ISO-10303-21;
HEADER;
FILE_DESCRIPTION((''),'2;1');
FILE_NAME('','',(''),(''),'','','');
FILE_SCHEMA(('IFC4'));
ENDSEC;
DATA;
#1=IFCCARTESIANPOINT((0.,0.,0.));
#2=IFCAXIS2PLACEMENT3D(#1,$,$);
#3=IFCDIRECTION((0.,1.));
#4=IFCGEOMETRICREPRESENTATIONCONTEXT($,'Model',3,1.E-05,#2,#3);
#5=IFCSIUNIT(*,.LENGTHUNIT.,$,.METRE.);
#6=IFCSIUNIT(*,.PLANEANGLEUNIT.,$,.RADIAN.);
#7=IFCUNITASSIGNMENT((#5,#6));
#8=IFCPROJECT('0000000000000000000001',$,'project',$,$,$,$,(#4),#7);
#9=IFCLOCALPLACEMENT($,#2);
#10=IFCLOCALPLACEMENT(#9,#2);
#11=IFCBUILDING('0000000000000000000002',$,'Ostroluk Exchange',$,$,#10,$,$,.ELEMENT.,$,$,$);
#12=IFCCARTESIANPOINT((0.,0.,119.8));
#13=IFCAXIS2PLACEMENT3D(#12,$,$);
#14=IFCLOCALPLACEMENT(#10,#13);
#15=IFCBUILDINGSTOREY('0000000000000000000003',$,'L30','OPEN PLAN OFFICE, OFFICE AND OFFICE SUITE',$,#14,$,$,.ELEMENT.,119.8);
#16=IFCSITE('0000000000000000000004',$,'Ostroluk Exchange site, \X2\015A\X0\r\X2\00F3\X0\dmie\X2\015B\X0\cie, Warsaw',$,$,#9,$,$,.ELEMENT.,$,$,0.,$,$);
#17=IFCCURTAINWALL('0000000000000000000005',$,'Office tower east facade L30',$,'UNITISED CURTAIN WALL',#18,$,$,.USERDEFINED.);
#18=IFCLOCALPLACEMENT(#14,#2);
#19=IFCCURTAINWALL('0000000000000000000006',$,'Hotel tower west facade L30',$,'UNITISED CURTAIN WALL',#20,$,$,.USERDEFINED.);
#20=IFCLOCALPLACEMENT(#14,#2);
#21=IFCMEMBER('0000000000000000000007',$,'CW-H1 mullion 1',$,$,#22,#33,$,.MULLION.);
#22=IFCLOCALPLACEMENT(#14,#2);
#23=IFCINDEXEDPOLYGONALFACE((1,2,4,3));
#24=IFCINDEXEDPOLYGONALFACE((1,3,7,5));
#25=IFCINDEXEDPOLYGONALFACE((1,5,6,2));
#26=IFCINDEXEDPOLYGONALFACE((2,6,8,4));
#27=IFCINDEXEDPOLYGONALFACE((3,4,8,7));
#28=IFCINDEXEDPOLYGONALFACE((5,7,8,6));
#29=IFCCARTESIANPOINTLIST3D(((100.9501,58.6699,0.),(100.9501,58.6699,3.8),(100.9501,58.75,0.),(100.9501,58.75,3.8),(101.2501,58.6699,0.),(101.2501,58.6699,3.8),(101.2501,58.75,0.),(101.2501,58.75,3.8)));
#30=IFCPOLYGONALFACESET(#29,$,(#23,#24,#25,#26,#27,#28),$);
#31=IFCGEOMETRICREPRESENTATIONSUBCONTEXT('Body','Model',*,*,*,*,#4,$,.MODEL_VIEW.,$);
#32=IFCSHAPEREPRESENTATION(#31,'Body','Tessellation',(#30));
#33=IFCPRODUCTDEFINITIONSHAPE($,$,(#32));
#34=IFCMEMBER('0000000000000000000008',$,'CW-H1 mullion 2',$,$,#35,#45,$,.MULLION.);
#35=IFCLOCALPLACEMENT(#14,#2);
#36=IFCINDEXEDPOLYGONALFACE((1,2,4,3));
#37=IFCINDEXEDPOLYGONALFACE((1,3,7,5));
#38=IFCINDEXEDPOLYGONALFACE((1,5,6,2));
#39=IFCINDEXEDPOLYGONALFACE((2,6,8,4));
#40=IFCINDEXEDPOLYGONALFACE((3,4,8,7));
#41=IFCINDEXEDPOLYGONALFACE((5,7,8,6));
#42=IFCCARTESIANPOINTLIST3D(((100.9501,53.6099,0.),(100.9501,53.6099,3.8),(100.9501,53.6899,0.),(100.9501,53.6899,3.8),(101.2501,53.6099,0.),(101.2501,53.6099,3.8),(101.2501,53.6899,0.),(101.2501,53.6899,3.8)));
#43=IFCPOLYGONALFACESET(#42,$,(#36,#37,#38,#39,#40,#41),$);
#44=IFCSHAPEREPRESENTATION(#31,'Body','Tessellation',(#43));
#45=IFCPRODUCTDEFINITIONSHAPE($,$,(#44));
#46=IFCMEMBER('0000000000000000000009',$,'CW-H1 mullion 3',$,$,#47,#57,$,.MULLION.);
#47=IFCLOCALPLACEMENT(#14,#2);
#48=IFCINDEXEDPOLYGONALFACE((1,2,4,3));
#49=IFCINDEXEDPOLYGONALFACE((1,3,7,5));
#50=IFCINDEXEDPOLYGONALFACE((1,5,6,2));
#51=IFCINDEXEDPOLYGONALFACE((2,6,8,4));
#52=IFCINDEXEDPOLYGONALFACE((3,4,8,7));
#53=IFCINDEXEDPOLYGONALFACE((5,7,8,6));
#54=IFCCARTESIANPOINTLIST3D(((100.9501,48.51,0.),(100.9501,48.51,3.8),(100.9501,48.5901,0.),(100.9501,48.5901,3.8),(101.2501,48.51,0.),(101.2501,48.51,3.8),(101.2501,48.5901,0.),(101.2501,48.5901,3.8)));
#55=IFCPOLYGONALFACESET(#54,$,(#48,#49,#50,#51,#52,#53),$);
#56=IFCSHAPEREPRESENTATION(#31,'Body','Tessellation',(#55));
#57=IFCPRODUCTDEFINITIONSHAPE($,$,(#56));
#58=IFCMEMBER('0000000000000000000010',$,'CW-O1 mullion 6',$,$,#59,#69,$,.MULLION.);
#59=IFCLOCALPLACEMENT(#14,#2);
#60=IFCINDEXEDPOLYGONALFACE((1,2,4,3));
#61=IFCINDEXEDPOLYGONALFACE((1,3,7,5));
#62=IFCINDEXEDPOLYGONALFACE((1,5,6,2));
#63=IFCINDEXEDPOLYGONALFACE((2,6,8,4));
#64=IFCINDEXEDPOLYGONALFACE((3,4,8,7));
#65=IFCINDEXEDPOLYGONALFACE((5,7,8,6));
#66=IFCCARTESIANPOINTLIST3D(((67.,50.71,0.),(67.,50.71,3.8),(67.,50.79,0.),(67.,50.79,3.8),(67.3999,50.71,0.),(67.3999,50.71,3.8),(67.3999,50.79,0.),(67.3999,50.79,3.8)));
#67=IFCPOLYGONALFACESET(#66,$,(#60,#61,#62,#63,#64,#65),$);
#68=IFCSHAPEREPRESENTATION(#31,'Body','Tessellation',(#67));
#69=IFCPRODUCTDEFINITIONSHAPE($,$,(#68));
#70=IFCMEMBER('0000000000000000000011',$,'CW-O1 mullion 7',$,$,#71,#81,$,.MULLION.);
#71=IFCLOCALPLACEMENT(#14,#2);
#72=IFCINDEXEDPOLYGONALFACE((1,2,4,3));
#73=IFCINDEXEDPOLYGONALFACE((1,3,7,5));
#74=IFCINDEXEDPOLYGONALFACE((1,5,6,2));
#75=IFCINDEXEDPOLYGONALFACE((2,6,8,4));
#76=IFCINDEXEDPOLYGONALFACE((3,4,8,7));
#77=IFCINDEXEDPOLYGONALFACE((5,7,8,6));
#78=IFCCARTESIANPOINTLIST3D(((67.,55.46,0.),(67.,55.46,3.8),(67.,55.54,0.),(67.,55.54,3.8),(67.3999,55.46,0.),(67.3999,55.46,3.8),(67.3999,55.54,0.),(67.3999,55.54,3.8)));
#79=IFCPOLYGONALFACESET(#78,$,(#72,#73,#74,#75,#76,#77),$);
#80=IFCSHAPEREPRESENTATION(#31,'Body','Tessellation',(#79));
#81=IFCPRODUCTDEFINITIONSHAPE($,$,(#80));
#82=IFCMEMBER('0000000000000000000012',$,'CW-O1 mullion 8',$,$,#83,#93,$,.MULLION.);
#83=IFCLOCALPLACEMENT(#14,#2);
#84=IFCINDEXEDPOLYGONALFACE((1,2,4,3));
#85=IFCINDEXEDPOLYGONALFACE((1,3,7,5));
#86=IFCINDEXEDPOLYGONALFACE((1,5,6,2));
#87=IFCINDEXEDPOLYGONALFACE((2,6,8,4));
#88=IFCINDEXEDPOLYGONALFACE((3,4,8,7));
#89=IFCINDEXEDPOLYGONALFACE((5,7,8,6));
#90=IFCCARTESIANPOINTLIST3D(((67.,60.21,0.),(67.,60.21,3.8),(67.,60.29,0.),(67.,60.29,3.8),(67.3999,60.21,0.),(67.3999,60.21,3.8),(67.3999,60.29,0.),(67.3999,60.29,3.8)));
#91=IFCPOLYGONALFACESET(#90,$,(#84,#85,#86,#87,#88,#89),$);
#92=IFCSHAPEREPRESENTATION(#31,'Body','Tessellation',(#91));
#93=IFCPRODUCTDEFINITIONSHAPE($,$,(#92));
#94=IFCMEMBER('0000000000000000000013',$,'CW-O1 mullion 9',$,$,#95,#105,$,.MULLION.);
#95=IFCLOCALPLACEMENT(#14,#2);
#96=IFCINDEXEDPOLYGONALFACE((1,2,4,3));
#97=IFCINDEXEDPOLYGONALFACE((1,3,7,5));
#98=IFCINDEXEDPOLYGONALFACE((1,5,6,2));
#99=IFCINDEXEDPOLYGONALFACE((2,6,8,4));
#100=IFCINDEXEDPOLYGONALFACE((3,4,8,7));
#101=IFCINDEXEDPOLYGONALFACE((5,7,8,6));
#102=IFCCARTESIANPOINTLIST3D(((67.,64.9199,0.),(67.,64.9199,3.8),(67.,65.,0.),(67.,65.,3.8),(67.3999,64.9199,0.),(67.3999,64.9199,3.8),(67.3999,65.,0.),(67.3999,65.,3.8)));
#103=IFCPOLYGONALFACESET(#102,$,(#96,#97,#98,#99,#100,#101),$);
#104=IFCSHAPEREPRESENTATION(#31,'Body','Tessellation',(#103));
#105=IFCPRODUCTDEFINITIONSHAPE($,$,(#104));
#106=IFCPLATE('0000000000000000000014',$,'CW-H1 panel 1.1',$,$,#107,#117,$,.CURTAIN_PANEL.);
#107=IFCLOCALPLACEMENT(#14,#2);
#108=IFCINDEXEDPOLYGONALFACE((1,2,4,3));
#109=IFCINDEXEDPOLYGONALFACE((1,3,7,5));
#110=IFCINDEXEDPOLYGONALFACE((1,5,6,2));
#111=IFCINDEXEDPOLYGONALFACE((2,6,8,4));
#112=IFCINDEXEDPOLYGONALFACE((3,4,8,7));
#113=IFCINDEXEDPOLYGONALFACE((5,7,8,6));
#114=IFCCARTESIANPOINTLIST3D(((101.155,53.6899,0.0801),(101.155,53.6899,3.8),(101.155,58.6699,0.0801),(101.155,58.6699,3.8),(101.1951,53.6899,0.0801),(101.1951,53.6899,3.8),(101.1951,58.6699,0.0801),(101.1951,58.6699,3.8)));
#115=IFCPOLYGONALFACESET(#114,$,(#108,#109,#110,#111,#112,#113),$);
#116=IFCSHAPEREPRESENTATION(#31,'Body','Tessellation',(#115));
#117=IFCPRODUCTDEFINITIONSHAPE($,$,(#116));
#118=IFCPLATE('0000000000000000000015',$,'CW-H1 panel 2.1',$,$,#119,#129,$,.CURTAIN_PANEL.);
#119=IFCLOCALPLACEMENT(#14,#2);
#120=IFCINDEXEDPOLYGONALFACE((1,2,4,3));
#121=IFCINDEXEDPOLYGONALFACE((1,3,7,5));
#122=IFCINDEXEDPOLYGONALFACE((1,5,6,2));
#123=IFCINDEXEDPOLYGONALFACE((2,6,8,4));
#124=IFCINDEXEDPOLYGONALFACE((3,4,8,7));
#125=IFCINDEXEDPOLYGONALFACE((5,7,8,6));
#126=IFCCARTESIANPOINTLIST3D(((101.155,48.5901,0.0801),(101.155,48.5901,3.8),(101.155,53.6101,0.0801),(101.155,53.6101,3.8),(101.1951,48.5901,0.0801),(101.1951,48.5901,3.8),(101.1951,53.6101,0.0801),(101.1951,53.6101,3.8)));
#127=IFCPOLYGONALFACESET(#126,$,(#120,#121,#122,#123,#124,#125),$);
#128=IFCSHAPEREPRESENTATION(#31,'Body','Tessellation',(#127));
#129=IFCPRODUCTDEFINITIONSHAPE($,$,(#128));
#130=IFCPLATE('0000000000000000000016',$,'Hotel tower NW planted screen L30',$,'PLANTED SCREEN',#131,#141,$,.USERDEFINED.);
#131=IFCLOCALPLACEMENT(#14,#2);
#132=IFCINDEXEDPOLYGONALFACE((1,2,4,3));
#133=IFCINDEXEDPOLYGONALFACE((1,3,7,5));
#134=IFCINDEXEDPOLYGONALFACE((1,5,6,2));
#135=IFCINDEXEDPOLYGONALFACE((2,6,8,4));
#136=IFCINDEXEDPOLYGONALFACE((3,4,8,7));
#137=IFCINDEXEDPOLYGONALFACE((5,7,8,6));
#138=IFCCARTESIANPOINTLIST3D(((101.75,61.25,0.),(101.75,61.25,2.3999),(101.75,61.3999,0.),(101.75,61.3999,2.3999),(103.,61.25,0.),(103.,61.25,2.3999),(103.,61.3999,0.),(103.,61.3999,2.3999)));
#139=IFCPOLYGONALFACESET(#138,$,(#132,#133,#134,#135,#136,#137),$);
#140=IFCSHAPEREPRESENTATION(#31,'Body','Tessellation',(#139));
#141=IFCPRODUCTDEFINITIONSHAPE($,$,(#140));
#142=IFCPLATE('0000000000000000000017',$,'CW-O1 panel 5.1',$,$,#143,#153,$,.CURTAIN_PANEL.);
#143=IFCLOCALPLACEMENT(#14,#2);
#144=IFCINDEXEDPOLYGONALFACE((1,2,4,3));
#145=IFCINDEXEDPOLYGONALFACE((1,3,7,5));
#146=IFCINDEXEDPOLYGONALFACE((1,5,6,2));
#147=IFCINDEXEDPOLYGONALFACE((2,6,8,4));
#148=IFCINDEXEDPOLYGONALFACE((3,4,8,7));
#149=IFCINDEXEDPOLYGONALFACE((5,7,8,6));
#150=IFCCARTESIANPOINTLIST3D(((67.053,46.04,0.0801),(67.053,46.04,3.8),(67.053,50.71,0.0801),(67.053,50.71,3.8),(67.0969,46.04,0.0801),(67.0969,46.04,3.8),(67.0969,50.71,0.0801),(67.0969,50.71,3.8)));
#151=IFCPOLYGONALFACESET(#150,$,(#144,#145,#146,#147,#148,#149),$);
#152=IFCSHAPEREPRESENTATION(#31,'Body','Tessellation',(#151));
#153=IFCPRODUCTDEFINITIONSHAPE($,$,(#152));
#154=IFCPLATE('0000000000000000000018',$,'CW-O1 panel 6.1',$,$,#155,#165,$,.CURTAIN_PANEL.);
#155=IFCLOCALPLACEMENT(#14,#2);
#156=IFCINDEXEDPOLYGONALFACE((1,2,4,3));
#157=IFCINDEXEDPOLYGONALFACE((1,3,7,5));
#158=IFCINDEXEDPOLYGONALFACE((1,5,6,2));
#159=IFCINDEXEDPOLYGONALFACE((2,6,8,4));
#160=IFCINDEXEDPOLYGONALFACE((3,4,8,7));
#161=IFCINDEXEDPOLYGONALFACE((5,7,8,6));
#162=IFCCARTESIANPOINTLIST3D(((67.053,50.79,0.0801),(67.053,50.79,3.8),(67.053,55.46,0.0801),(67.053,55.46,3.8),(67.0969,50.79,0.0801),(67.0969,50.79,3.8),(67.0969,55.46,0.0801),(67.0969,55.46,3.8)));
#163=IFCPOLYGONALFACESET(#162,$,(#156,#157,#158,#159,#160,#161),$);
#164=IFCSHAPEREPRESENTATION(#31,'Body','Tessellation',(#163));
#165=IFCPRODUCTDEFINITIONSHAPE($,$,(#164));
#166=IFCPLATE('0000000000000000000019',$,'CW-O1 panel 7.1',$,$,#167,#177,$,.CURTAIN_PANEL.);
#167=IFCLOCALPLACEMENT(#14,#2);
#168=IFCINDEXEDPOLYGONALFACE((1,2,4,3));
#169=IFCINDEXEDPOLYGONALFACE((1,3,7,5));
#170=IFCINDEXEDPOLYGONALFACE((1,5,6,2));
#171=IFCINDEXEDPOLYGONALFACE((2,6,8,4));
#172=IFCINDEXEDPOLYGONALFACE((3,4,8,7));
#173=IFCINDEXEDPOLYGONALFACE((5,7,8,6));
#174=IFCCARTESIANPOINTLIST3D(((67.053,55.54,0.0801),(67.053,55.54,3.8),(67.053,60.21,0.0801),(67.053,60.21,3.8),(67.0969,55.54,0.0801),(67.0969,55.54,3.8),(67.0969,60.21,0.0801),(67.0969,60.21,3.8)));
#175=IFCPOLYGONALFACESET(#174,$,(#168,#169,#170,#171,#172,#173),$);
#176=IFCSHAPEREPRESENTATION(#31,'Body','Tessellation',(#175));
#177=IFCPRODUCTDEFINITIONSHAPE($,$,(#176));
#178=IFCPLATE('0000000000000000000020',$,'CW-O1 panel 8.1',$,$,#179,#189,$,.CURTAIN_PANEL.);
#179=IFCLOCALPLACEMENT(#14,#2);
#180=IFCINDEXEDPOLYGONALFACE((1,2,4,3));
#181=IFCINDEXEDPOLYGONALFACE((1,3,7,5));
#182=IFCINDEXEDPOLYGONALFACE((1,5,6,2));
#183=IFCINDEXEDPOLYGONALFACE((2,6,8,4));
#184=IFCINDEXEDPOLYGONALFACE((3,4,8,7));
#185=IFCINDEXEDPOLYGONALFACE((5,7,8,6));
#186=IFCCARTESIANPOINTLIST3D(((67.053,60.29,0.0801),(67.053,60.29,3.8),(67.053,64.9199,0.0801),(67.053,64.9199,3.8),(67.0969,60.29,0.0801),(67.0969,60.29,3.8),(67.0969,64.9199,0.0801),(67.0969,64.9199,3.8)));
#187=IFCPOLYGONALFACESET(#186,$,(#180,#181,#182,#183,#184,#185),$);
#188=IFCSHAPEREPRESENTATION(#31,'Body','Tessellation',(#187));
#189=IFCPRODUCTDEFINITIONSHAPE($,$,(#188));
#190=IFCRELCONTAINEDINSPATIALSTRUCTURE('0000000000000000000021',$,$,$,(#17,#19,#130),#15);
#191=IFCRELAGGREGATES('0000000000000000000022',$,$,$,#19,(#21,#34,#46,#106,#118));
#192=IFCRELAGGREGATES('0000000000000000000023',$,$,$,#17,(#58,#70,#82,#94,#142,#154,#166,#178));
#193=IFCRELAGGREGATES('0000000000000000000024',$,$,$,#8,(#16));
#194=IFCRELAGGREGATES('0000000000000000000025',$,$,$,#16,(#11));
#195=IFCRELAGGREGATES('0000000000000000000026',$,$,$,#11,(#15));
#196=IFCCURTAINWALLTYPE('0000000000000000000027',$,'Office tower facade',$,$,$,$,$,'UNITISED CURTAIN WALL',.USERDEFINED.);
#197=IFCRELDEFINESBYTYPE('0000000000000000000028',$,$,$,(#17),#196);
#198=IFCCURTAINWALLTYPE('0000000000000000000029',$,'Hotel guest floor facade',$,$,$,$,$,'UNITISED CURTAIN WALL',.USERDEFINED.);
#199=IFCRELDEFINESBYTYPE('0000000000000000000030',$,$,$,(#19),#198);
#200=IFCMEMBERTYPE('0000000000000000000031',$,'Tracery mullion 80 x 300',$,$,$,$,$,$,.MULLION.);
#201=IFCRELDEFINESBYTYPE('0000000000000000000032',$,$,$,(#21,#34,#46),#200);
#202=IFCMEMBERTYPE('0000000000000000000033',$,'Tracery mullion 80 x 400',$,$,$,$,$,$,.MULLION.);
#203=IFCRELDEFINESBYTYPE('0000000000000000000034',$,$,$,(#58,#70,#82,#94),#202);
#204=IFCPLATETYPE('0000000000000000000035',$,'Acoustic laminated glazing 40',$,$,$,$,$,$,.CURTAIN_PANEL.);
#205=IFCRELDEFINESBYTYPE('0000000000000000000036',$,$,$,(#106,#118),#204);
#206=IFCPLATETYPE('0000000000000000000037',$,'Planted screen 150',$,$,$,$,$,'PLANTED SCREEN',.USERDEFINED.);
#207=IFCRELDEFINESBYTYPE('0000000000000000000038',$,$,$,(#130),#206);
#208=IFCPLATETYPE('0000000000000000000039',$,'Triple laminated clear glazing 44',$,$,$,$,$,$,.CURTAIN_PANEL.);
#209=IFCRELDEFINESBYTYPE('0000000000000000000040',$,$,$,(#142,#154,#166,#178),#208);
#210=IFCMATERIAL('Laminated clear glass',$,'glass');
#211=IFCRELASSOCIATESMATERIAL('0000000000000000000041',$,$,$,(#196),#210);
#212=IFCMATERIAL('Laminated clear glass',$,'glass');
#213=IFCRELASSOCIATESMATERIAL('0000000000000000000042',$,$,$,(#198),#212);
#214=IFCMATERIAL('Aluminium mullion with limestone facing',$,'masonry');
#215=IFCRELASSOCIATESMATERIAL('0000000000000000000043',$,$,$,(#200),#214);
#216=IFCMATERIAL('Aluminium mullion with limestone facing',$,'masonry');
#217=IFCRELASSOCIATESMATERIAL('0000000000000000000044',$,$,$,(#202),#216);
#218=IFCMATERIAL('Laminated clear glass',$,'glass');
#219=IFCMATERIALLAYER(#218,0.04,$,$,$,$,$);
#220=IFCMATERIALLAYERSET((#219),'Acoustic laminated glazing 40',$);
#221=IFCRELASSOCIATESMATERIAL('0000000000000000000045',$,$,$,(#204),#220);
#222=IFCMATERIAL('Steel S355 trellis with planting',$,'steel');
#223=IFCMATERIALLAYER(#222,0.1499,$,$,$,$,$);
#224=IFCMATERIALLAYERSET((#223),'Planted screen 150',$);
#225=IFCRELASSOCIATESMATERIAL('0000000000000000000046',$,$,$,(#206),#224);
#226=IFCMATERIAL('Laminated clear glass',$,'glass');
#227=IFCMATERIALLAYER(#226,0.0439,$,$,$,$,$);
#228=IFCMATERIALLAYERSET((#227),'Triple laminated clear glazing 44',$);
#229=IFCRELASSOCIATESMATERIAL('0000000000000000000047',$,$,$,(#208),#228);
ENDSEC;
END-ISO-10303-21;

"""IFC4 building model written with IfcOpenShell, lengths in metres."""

from ifc_helpers import new_model, si_unit, direction, frame, origin, origin_2d, place, context, subcontext, project, spatial, rectangle, extrude, material, layer, layer_set, material_profile, profile_set, type_object, element, aggregate, save


model = new_model("IFC4")

# Units and contexts
model_context = context("Model", 3, precision=1e-05, world=origin(), true_north=direction((0.0, 1.0)))
body_context = subcontext(model_context, "Body", "Model", "MODEL_VIEW")
ifc_project = project(units=[si_unit("LENGTHUNIT", "METRE"), si_unit("PLANEANGLEUNIT", "RADIAN")], contexts=[model_context])

# Site, building, storey
site_placement = place(None, origin())
site = spatial("IfcSite", under=ifc_project, at=site_placement, Name="Ostroluk Exchange site, Śródmieście, Warsaw", CompositionType="ELEMENT", RefElevation=0.0)
building_placement = place(site_placement, origin())
building = spatial("IfcBuilding", under=site, at=building_placement, Name="Ostroluk Exchange", CompositionType="ELEMENT")
storey_placement = place(building_placement, frame((0.0, 0.0, 119.8)))
storey = spatial("IfcBuildingStorey", under=building, at=storey_placement, Name="L30", Description="OPEN PLAN OFFICE, OFFICE AND OFFICE SUITE", CompositionType="ELEMENT", Elevation=119.8)

# Curtain walls, members
ifc_material_1 = material(Name="Laminated clear glass", Category="glass")
curtain_wall_type_1 = type_object("IfcCurtainWallType", Name="Office tower facade", ElementType="UNITISED CURTAIN WALL", PredefinedType="USERDEFINED", material=ifc_material_1)
curtain_wall_1_placement = place(storey_placement, origin())
curtain_wall_1 = element("IfcCurtainWall", 1, at=curtain_wall_1_placement, inside=storey, type_object=curtain_wall_type_1, Name="Office tower east facade L30", ObjectType="UNITISED CURTAIN WALL", PredefinedType="USERDEFINED")
ifc_material_2 = material(Name="Laminated clear glass", Category="glass")
curtain_wall_type_2 = type_object("IfcCurtainWallType", Name="Hotel guest floor facade", ElementType="UNITISED CURTAIN WALL", PredefinedType="USERDEFINED", material=ifc_material_2)
curtain_wall_2_placement = place(storey_placement, origin())
curtain_wall_2 = element("IfcCurtainWall", 2, at=curtain_wall_2_placement, inside=storey, type_object=curtain_wall_type_2, Name="Hotel tower west facade L30", ObjectType="UNITISED CURTAIN WALL", PredefinedType="USERDEFINED")
ifc_material_3 = material(Name="Aluminium mullion with limestone facing", Category="masonry")
ifc_material_profile_1 = material_profile(ifc_material_3, rectangle(XDim=0.3, YDim=0.0801, at=origin_2d()), Name="Tracery mullion 80 x 300")
ifc_profile_set_1 = profile_set([ifc_material_profile_1], Name="Aluminium mullion with limestone facing")
member_type_1 = type_object("IfcMemberType", Name="Tracery mullion 80 x 300", PredefinedType="MULLION", material=ifc_profile_set_1)
member_1_placement = place(storey_placement, frame((101.1001, 58.71, 0.0), z_axis=(0.0, 0.0, 1.0), x_axis=(1.0, 0.0, 0.0)))
member_1 = element("IfcMember", 3, at=member_1_placement, type_object=member_type_1, Name="CW-H1 mullion 1", PredefinedType="MULLION", context=body_context, shape_type="SweptSolid", body=[
    extrude(rectangle(XDim=0.3, YDim=0.0801, at=origin_2d()), origin(), (0.0, 0.0, 1.0), 3.8),
])
member_2_placement = place(storey_placement, frame((101.1001, 53.6499, 0.0), z_axis=(0.0, 0.0, 1.0), x_axis=(1.0, 0.0, 0.0)))
member_2 = element("IfcMember", 4, at=member_2_placement, type_object=member_type_1, Name="CW-H1 mullion 2", PredefinedType="MULLION", context=body_context, shape_type="SweptSolid", body=[
    extrude(rectangle(XDim=0.3, YDim=0.0801, at=origin_2d()), origin(), (0.0, 0.0, 1.0), 3.8),
])
member_3_placement = place(storey_placement, frame((101.1001, 48.55, 0.0), z_axis=(0.0, 0.0, 1.0), x_axis=(1.0, 0.0, 0.0)))
member_3 = element("IfcMember", 5, at=member_3_placement, type_object=member_type_1, Name="CW-H1 mullion 3", PredefinedType="MULLION", context=body_context, shape_type="SweptSolid", body=[
    extrude(rectangle(XDim=0.3, YDim=0.0801, at=origin_2d()), origin(), (0.0, 0.0, 1.0), 3.8),
])

# Members
ifc_material_4 = material(Name="Aluminium mullion with limestone facing", Category="masonry")
ifc_material_profile_2 = material_profile(ifc_material_4, rectangle(XDim=0.3999, YDim=0.0801, at=origin_2d()), Name="Tracery mullion 80 x 400")
ifc_profile_set_2 = profile_set([ifc_material_profile_2], Name="Aluminium mullion with limestone facing")
member_type_2 = type_object("IfcMemberType", Name="Tracery mullion 80 x 400", PredefinedType="MULLION", material=ifc_profile_set_2)
member_4_placement = place(storey_placement, frame((67.2, 50.75, 0.0), z_axis=(0.0, 0.0, 1.0), x_axis=(-1.0, 0.0, 0.0)))
member_4 = element("IfcMember", 6, at=member_4_placement, type_object=member_type_2, Name="CW-O1 mullion 6", PredefinedType="MULLION", context=body_context, shape_type="SweptSolid", body=[
    extrude(rectangle(XDim=0.3999, YDim=0.0801, at=origin_2d()), origin(), (0.0, 0.0, 1.0), 3.8),
])
member_5_placement = place(storey_placement, frame((67.2, 55.5, 0.0), z_axis=(0.0, 0.0, 1.0), x_axis=(-1.0, 0.0, 0.0)))
member_5 = element("IfcMember", 7, at=member_5_placement, type_object=member_type_2, Name="CW-O1 mullion 7", PredefinedType="MULLION", context=body_context, shape_type="SweptSolid", body=[
    extrude(rectangle(XDim=0.3999, YDim=0.0801, at=origin_2d()), origin(), (0.0, 0.0, 1.0), 3.8),
])
member_6_placement = place(storey_placement, frame((67.2, 60.25, 0.0), z_axis=(0.0, 0.0, 1.0), x_axis=(-1.0, 0.0, 0.0)))
member_6 = element("IfcMember", 8, at=member_6_placement, type_object=member_type_2, Name="CW-O1 mullion 8", PredefinedType="MULLION", context=body_context, shape_type="SweptSolid", body=[
    extrude(rectangle(XDim=0.3999, YDim=0.0801, at=origin_2d()), origin(), (0.0, 0.0, 1.0), 3.8),
])
member_7_placement = place(storey_placement, frame((67.2, 64.96, 0.0), z_axis=(0.0, 0.0, 1.0), x_axis=(-1.0, 0.0, 0.0)))
member_7 = element("IfcMember", 9, at=member_7_placement, type_object=member_type_2, Name="CW-O1 mullion 9", PredefinedType="MULLION", context=body_context, shape_type="SweptSolid", body=[
    extrude(rectangle(XDim=0.3999, YDim=0.0801, at=origin_2d()), origin(), (0.0, 0.0, 1.0), 3.8),
])

# Plates
ifc_material_5 = material(Name="Laminated clear glass", Category="glass")
ifc_layer_1 = layer(ifc_material_5, 0.04)
ifc_layer_set_1 = layer_set([ifc_layer_1], Name="Acoustic laminated glazing 40")
plate_type_1 = type_object("IfcPlateType", Name="Acoustic laminated glazing 40", PredefinedType="CURTAIN_PANEL", material=ifc_layer_set_1)
plate_1_placement = place(storey_placement, frame((101.175, 56.1799, 0.0801), z_axis=(0.0, 0.0, 1.0), x_axis=(0.0, -1.0, 0.0)))
plate_1 = element("IfcPlate", 10, at=plate_1_placement, type_object=plate_type_1, Name="CW-H1 panel 1.1", PredefinedType="CURTAIN_PANEL", context=body_context, shape_type="SweptSolid", body=[
    extrude(rectangle(XDim=4.98, YDim=0.04, at=origin_2d()), origin(), (0.0, 0.0, 1.0), 3.72),
])
plate_2_placement = place(storey_placement, frame((101.175, 51.1001, 0.0801), z_axis=(0.0, 0.0, 1.0), x_axis=(0.0, -1.0, 0.0)))
plate_2 = element("IfcPlate", 11, at=plate_2_placement, type_object=plate_type_1, Name="CW-H1 panel 2.1", PredefinedType="CURTAIN_PANEL", context=body_context, shape_type="SweptSolid", body=[
    extrude(rectangle(XDim=5.02, YDim=0.04, at=origin_2d()), origin(), (0.0, 0.0, 1.0), 3.72),
])
aggregate(curtain_wall_2, [member_1, member_2, member_3, plate_1, plate_2])
ifc_material_6 = material(Name="Steel S355 trellis with planting", Category="steel")
ifc_layer_2 = layer(ifc_material_6, 0.1499)
ifc_layer_set_2 = layer_set([ifc_layer_2], Name="Planted screen 150")
plate_type_2 = type_object("IfcPlateType", Name="Planted screen 150", ElementType="PLANTED SCREEN", PredefinedType="USERDEFINED", material=ifc_layer_set_2)
plate_3_placement = place(storey_placement, frame((102.375, 61.325, 0.0), z_axis=(0.0, 0.0, 1.0), x_axis=(1.0, 0.0, 0.0)))
element("IfcPlate", 12, at=plate_3_placement, inside=storey, type_object=plate_type_2, Name="Hotel tower NW planted screen L30", ObjectType="PLANTED SCREEN", PredefinedType="USERDEFINED", context=body_context, shape_type="SweptSolid", body=[
    extrude(rectangle(XDim=1.25, YDim=0.1499, at=origin_2d()), origin(), (0.0, 0.0, 1.0), 2.3999),
])
ifc_material_7 = material(Name="Laminated clear glass", Category="glass")
ifc_layer_3 = layer(ifc_material_7, 0.0439)
ifc_layer_set_3 = layer_set([ifc_layer_3], Name="Triple laminated clear glazing 44")
plate_type_3 = type_object("IfcPlateType", Name="Triple laminated clear glazing 44", PredefinedType="CURTAIN_PANEL", material=ifc_layer_set_3)
plate_4_placement = place(storey_placement, frame((67.075, 48.375, 0.0801), z_axis=(0.0, 0.0, 1.0), x_axis=(0.0, 1.0, 0.0)))
plate_4 = element("IfcPlate", 13, at=plate_4_placement, type_object=plate_type_3, Name="CW-O1 panel 5.1", PredefinedType="CURTAIN_PANEL", context=body_context, shape_type="SweptSolid", body=[
    extrude(rectangle(XDim=4.6699, YDim=0.0439, at=origin_2d()), origin(), (0.0, 0.0, 1.0), 3.72),
])
plate_5_placement = place(storey_placement, frame((67.075, 53.125, 0.0801), z_axis=(0.0, 0.0, 1.0), x_axis=(0.0, 1.0, 0.0)))
plate_5 = element("IfcPlate", 14, at=plate_5_placement, type_object=plate_type_3, Name="CW-O1 panel 6.1", PredefinedType="CURTAIN_PANEL", context=body_context, shape_type="SweptSolid", body=[
    extrude(rectangle(XDim=4.6699, YDim=0.0439, at=origin_2d()), origin(), (0.0, 0.0, 1.0), 3.72),
])
plate_6_placement = place(storey_placement, frame((67.075, 57.875, 0.0801), z_axis=(0.0, 0.0, 1.0), x_axis=(0.0, 1.0, 0.0)))
plate_6 = element("IfcPlate", 15, at=plate_6_placement, type_object=plate_type_3, Name="CW-O1 panel 7.1", PredefinedType="CURTAIN_PANEL", context=body_context, shape_type="SweptSolid", body=[
    extrude(rectangle(XDim=4.6699, YDim=0.0439, at=origin_2d()), origin(), (0.0, 0.0, 1.0), 3.72),
])
plate_7_placement = place(storey_placement, frame((67.075, 62.605, 0.0801), z_axis=(0.0, 0.0, 1.0), x_axis=(0.0, 1.0, 0.0)))
plate_7 = element("IfcPlate", 16, at=plate_7_placement, type_object=plate_type_3, Name="CW-O1 panel 8.1", PredefinedType="CURTAIN_PANEL", context=body_context, shape_type="SweptSolid", body=[
    extrude(rectangle(XDim=4.6299, YDim=0.0439, at=origin_2d()), origin(), (0.0, 0.0, 1.0), 3.72),
])
aggregate(curtain_wall_1, [member_4, member_5, member_6, member_7, plate_4, plate_5, plate_6, plate_7])

save(model, "model.ifc")
